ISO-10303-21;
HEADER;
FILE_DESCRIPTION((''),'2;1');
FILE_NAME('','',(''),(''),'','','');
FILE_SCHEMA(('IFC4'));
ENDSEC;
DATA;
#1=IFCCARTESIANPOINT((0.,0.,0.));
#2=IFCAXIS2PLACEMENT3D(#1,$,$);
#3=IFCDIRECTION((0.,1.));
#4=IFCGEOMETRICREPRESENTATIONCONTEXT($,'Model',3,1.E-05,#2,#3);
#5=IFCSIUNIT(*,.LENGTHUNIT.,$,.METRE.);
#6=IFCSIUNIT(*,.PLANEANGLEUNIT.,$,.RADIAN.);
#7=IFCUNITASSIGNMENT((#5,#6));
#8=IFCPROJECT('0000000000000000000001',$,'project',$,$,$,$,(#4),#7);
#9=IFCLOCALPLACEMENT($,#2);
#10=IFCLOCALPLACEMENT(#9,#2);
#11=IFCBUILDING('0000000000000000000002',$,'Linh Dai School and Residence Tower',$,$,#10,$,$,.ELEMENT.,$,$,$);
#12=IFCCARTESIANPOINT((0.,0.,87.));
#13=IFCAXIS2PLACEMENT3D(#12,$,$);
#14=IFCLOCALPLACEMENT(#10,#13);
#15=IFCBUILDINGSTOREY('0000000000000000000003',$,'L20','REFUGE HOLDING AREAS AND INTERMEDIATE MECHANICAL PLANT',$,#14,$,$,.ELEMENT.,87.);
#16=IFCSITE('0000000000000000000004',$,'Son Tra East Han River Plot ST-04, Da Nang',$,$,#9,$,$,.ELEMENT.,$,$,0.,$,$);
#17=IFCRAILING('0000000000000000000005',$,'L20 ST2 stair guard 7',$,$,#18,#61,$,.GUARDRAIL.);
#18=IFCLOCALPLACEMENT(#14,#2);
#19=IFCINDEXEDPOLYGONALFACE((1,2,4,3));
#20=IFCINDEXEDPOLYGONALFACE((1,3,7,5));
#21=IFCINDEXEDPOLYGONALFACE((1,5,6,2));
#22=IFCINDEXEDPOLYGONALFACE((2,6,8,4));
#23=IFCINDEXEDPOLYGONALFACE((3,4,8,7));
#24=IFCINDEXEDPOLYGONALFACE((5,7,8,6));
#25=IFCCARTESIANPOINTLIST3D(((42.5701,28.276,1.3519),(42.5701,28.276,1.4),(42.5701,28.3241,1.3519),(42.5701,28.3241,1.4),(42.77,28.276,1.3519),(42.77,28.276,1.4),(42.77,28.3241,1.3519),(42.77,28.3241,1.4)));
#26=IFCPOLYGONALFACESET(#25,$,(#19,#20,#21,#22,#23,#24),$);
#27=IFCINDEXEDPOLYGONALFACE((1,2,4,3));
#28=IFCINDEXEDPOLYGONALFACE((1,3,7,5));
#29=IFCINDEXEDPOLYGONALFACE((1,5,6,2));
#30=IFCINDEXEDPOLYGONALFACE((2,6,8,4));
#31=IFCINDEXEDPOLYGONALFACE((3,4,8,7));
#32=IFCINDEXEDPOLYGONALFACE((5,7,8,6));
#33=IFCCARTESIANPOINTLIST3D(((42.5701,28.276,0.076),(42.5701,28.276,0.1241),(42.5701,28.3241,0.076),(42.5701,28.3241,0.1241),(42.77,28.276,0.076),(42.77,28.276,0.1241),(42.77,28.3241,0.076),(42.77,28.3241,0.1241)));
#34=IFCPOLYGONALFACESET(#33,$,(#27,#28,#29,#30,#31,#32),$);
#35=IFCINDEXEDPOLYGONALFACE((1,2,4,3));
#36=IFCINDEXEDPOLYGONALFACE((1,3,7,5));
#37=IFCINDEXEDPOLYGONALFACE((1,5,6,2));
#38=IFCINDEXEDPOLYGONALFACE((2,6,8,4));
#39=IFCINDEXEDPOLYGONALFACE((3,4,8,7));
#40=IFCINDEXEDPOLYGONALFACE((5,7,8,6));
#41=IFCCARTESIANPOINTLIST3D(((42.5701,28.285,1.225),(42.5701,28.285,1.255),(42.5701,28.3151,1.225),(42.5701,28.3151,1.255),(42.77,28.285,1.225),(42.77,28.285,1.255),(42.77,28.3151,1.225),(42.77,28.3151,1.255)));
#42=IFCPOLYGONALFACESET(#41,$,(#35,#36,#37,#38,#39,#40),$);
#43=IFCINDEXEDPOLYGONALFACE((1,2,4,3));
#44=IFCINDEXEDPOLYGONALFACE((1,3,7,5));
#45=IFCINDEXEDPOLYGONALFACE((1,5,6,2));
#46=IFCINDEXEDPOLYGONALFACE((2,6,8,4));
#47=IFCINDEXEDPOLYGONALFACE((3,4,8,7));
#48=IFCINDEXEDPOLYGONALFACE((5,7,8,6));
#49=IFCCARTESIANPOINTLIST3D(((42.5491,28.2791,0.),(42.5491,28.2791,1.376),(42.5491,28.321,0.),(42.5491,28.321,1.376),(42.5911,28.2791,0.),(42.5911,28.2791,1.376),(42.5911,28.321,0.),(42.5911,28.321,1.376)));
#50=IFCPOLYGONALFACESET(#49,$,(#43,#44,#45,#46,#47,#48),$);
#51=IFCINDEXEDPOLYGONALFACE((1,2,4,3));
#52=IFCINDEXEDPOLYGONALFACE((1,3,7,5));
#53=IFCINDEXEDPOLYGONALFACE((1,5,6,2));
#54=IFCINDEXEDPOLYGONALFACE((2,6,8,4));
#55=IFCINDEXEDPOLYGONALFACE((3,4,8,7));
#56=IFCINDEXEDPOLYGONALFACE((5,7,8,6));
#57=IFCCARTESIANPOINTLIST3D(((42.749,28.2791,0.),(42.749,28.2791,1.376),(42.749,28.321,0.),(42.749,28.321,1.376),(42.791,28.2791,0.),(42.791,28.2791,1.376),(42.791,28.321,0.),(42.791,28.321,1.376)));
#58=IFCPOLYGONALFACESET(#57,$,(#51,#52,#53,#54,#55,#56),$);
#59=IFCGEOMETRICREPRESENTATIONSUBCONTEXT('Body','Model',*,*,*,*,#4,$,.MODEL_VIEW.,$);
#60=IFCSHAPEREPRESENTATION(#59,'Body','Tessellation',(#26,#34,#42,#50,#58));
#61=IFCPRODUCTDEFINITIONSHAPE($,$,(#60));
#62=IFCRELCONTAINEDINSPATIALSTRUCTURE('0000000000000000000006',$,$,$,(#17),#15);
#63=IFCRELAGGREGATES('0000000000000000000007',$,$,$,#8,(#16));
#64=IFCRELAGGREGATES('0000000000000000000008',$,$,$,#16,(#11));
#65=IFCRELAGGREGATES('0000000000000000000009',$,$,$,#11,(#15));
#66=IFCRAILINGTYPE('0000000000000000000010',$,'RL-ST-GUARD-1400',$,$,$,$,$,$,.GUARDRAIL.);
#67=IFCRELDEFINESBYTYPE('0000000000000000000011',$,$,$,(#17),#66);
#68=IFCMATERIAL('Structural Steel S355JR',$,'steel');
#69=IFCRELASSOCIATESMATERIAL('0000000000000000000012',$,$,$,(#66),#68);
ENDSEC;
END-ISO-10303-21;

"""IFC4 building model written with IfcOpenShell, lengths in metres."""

from ifc_helpers import new_model, si_unit, direction, frame, origin, origin_2d, place, context, subcontext, project, spatial, rectangle, extrude, source, transform, mapped, material, type_object, element, save


model = new_model("IFC4")

# Units and contexts
model_context = context("Model", 3, precision=1e-05, world=origin(), true_north=direction((0.0, 1.0)))
body_context = subcontext(model_context, "Body", "Model", "MODEL_VIEW")
ifc_project = project(units=[si_unit("LENGTHUNIT", "METRE"), si_unit("PLANEANGLEUNIT", "RADIAN")], contexts=[model_context])

# Site, building, storey
site_placement = place(None, origin())
site = spatial("IfcSite", under=ifc_project, at=site_placement, Name="Son Tra East Han River Plot ST-04, Da Nang", CompositionType="ELEMENT", RefElevation=0.0)
building_placement = place(site_placement, origin())
building = spatial("IfcBuilding", under=site, at=building_placement, Name="Linh Dai School and Residence Tower", CompositionType="ELEMENT")
storey_placement = place(building_placement, frame((0.0, 0.0, 87.0)))
storey = spatial("IfcBuildingStorey", under=building, at=storey_placement, Name="L20", Description="REFUGE HOLDING AREAS AND INTERMEDIATE MECHANICAL PLANT", CompositionType="ELEMENT", Elevation=87.0)

# Shared definitions
ifc_material_1 = material(Name="Structural Steel S355JR", Category="steel")

# Railing
railing_type_1 = type_object("IfcRailingType", Name="RL-ST-GUARD-1400", PredefinedType="GUARDRAIL", material=ifc_material_1)
shared_shape_1 = source(origin(), body_context, "Body", "SweptSolid", [
    extrude(rectangle(XDim=0.0481, YDim=0.0481, at=origin_2d()), frame((0.0, 0.0, 1.376), z_axis=(1.0, 0.0, 0.0), x_axis=(0.0, 1.0, 0.0)), (0.0, 0.0, 1.0), 0.2),
    extrude(rectangle(XDim=0.0481, YDim=0.0481, at=origin_2d()), frame((0.0, 0.0, 0.1001), z_axis=(1.0, 0.0, 0.0), x_axis=(0.0, 1.0, 0.0)), (0.0, 0.0, 1.0), 0.2),
    extrude(rectangle(XDim=0.03, YDim=0.03, at=origin_2d()), frame((0.0, 0.0, 1.24), z_axis=(1.0, 0.0, 0.0), x_axis=(0.0, 1.0, 0.0)), (0.0, 0.0, 1.0), 0.2),
    extrude(rectangle(XDim=0.042, YDim=0.042, at=origin_2d()), origin(), (0.0, 0.0, 1.0), 1.376),
    extrude(rectangle(XDim=0.042, YDim=0.042, at=origin_2d()), frame((0.2, 0.0, 0.0)), (0.0, 0.0, 1.0), 1.376),
])
railing_1_placement = place(storey_placement, frame((42.5701, 28.3, 0.0)))
element("IfcRailing", 1, at=railing_1_placement, inside=storey, type_object=railing_type_1, Name="L20 ST2 stair guard 7", PredefinedType="GUARDRAIL", context=body_context, shape_type="MappedRepresentation", body=[
    mapped(shared_shape_1, transform((0.0, 0.0, 0.0), x_axis=(1.0, 0.0, 0.0), y_axis=(0.0, 1.0, 0.0), z_axis=(0.0, 0.0, 1.0), scale=1.0)),
])

save(model, "model.ifc")
